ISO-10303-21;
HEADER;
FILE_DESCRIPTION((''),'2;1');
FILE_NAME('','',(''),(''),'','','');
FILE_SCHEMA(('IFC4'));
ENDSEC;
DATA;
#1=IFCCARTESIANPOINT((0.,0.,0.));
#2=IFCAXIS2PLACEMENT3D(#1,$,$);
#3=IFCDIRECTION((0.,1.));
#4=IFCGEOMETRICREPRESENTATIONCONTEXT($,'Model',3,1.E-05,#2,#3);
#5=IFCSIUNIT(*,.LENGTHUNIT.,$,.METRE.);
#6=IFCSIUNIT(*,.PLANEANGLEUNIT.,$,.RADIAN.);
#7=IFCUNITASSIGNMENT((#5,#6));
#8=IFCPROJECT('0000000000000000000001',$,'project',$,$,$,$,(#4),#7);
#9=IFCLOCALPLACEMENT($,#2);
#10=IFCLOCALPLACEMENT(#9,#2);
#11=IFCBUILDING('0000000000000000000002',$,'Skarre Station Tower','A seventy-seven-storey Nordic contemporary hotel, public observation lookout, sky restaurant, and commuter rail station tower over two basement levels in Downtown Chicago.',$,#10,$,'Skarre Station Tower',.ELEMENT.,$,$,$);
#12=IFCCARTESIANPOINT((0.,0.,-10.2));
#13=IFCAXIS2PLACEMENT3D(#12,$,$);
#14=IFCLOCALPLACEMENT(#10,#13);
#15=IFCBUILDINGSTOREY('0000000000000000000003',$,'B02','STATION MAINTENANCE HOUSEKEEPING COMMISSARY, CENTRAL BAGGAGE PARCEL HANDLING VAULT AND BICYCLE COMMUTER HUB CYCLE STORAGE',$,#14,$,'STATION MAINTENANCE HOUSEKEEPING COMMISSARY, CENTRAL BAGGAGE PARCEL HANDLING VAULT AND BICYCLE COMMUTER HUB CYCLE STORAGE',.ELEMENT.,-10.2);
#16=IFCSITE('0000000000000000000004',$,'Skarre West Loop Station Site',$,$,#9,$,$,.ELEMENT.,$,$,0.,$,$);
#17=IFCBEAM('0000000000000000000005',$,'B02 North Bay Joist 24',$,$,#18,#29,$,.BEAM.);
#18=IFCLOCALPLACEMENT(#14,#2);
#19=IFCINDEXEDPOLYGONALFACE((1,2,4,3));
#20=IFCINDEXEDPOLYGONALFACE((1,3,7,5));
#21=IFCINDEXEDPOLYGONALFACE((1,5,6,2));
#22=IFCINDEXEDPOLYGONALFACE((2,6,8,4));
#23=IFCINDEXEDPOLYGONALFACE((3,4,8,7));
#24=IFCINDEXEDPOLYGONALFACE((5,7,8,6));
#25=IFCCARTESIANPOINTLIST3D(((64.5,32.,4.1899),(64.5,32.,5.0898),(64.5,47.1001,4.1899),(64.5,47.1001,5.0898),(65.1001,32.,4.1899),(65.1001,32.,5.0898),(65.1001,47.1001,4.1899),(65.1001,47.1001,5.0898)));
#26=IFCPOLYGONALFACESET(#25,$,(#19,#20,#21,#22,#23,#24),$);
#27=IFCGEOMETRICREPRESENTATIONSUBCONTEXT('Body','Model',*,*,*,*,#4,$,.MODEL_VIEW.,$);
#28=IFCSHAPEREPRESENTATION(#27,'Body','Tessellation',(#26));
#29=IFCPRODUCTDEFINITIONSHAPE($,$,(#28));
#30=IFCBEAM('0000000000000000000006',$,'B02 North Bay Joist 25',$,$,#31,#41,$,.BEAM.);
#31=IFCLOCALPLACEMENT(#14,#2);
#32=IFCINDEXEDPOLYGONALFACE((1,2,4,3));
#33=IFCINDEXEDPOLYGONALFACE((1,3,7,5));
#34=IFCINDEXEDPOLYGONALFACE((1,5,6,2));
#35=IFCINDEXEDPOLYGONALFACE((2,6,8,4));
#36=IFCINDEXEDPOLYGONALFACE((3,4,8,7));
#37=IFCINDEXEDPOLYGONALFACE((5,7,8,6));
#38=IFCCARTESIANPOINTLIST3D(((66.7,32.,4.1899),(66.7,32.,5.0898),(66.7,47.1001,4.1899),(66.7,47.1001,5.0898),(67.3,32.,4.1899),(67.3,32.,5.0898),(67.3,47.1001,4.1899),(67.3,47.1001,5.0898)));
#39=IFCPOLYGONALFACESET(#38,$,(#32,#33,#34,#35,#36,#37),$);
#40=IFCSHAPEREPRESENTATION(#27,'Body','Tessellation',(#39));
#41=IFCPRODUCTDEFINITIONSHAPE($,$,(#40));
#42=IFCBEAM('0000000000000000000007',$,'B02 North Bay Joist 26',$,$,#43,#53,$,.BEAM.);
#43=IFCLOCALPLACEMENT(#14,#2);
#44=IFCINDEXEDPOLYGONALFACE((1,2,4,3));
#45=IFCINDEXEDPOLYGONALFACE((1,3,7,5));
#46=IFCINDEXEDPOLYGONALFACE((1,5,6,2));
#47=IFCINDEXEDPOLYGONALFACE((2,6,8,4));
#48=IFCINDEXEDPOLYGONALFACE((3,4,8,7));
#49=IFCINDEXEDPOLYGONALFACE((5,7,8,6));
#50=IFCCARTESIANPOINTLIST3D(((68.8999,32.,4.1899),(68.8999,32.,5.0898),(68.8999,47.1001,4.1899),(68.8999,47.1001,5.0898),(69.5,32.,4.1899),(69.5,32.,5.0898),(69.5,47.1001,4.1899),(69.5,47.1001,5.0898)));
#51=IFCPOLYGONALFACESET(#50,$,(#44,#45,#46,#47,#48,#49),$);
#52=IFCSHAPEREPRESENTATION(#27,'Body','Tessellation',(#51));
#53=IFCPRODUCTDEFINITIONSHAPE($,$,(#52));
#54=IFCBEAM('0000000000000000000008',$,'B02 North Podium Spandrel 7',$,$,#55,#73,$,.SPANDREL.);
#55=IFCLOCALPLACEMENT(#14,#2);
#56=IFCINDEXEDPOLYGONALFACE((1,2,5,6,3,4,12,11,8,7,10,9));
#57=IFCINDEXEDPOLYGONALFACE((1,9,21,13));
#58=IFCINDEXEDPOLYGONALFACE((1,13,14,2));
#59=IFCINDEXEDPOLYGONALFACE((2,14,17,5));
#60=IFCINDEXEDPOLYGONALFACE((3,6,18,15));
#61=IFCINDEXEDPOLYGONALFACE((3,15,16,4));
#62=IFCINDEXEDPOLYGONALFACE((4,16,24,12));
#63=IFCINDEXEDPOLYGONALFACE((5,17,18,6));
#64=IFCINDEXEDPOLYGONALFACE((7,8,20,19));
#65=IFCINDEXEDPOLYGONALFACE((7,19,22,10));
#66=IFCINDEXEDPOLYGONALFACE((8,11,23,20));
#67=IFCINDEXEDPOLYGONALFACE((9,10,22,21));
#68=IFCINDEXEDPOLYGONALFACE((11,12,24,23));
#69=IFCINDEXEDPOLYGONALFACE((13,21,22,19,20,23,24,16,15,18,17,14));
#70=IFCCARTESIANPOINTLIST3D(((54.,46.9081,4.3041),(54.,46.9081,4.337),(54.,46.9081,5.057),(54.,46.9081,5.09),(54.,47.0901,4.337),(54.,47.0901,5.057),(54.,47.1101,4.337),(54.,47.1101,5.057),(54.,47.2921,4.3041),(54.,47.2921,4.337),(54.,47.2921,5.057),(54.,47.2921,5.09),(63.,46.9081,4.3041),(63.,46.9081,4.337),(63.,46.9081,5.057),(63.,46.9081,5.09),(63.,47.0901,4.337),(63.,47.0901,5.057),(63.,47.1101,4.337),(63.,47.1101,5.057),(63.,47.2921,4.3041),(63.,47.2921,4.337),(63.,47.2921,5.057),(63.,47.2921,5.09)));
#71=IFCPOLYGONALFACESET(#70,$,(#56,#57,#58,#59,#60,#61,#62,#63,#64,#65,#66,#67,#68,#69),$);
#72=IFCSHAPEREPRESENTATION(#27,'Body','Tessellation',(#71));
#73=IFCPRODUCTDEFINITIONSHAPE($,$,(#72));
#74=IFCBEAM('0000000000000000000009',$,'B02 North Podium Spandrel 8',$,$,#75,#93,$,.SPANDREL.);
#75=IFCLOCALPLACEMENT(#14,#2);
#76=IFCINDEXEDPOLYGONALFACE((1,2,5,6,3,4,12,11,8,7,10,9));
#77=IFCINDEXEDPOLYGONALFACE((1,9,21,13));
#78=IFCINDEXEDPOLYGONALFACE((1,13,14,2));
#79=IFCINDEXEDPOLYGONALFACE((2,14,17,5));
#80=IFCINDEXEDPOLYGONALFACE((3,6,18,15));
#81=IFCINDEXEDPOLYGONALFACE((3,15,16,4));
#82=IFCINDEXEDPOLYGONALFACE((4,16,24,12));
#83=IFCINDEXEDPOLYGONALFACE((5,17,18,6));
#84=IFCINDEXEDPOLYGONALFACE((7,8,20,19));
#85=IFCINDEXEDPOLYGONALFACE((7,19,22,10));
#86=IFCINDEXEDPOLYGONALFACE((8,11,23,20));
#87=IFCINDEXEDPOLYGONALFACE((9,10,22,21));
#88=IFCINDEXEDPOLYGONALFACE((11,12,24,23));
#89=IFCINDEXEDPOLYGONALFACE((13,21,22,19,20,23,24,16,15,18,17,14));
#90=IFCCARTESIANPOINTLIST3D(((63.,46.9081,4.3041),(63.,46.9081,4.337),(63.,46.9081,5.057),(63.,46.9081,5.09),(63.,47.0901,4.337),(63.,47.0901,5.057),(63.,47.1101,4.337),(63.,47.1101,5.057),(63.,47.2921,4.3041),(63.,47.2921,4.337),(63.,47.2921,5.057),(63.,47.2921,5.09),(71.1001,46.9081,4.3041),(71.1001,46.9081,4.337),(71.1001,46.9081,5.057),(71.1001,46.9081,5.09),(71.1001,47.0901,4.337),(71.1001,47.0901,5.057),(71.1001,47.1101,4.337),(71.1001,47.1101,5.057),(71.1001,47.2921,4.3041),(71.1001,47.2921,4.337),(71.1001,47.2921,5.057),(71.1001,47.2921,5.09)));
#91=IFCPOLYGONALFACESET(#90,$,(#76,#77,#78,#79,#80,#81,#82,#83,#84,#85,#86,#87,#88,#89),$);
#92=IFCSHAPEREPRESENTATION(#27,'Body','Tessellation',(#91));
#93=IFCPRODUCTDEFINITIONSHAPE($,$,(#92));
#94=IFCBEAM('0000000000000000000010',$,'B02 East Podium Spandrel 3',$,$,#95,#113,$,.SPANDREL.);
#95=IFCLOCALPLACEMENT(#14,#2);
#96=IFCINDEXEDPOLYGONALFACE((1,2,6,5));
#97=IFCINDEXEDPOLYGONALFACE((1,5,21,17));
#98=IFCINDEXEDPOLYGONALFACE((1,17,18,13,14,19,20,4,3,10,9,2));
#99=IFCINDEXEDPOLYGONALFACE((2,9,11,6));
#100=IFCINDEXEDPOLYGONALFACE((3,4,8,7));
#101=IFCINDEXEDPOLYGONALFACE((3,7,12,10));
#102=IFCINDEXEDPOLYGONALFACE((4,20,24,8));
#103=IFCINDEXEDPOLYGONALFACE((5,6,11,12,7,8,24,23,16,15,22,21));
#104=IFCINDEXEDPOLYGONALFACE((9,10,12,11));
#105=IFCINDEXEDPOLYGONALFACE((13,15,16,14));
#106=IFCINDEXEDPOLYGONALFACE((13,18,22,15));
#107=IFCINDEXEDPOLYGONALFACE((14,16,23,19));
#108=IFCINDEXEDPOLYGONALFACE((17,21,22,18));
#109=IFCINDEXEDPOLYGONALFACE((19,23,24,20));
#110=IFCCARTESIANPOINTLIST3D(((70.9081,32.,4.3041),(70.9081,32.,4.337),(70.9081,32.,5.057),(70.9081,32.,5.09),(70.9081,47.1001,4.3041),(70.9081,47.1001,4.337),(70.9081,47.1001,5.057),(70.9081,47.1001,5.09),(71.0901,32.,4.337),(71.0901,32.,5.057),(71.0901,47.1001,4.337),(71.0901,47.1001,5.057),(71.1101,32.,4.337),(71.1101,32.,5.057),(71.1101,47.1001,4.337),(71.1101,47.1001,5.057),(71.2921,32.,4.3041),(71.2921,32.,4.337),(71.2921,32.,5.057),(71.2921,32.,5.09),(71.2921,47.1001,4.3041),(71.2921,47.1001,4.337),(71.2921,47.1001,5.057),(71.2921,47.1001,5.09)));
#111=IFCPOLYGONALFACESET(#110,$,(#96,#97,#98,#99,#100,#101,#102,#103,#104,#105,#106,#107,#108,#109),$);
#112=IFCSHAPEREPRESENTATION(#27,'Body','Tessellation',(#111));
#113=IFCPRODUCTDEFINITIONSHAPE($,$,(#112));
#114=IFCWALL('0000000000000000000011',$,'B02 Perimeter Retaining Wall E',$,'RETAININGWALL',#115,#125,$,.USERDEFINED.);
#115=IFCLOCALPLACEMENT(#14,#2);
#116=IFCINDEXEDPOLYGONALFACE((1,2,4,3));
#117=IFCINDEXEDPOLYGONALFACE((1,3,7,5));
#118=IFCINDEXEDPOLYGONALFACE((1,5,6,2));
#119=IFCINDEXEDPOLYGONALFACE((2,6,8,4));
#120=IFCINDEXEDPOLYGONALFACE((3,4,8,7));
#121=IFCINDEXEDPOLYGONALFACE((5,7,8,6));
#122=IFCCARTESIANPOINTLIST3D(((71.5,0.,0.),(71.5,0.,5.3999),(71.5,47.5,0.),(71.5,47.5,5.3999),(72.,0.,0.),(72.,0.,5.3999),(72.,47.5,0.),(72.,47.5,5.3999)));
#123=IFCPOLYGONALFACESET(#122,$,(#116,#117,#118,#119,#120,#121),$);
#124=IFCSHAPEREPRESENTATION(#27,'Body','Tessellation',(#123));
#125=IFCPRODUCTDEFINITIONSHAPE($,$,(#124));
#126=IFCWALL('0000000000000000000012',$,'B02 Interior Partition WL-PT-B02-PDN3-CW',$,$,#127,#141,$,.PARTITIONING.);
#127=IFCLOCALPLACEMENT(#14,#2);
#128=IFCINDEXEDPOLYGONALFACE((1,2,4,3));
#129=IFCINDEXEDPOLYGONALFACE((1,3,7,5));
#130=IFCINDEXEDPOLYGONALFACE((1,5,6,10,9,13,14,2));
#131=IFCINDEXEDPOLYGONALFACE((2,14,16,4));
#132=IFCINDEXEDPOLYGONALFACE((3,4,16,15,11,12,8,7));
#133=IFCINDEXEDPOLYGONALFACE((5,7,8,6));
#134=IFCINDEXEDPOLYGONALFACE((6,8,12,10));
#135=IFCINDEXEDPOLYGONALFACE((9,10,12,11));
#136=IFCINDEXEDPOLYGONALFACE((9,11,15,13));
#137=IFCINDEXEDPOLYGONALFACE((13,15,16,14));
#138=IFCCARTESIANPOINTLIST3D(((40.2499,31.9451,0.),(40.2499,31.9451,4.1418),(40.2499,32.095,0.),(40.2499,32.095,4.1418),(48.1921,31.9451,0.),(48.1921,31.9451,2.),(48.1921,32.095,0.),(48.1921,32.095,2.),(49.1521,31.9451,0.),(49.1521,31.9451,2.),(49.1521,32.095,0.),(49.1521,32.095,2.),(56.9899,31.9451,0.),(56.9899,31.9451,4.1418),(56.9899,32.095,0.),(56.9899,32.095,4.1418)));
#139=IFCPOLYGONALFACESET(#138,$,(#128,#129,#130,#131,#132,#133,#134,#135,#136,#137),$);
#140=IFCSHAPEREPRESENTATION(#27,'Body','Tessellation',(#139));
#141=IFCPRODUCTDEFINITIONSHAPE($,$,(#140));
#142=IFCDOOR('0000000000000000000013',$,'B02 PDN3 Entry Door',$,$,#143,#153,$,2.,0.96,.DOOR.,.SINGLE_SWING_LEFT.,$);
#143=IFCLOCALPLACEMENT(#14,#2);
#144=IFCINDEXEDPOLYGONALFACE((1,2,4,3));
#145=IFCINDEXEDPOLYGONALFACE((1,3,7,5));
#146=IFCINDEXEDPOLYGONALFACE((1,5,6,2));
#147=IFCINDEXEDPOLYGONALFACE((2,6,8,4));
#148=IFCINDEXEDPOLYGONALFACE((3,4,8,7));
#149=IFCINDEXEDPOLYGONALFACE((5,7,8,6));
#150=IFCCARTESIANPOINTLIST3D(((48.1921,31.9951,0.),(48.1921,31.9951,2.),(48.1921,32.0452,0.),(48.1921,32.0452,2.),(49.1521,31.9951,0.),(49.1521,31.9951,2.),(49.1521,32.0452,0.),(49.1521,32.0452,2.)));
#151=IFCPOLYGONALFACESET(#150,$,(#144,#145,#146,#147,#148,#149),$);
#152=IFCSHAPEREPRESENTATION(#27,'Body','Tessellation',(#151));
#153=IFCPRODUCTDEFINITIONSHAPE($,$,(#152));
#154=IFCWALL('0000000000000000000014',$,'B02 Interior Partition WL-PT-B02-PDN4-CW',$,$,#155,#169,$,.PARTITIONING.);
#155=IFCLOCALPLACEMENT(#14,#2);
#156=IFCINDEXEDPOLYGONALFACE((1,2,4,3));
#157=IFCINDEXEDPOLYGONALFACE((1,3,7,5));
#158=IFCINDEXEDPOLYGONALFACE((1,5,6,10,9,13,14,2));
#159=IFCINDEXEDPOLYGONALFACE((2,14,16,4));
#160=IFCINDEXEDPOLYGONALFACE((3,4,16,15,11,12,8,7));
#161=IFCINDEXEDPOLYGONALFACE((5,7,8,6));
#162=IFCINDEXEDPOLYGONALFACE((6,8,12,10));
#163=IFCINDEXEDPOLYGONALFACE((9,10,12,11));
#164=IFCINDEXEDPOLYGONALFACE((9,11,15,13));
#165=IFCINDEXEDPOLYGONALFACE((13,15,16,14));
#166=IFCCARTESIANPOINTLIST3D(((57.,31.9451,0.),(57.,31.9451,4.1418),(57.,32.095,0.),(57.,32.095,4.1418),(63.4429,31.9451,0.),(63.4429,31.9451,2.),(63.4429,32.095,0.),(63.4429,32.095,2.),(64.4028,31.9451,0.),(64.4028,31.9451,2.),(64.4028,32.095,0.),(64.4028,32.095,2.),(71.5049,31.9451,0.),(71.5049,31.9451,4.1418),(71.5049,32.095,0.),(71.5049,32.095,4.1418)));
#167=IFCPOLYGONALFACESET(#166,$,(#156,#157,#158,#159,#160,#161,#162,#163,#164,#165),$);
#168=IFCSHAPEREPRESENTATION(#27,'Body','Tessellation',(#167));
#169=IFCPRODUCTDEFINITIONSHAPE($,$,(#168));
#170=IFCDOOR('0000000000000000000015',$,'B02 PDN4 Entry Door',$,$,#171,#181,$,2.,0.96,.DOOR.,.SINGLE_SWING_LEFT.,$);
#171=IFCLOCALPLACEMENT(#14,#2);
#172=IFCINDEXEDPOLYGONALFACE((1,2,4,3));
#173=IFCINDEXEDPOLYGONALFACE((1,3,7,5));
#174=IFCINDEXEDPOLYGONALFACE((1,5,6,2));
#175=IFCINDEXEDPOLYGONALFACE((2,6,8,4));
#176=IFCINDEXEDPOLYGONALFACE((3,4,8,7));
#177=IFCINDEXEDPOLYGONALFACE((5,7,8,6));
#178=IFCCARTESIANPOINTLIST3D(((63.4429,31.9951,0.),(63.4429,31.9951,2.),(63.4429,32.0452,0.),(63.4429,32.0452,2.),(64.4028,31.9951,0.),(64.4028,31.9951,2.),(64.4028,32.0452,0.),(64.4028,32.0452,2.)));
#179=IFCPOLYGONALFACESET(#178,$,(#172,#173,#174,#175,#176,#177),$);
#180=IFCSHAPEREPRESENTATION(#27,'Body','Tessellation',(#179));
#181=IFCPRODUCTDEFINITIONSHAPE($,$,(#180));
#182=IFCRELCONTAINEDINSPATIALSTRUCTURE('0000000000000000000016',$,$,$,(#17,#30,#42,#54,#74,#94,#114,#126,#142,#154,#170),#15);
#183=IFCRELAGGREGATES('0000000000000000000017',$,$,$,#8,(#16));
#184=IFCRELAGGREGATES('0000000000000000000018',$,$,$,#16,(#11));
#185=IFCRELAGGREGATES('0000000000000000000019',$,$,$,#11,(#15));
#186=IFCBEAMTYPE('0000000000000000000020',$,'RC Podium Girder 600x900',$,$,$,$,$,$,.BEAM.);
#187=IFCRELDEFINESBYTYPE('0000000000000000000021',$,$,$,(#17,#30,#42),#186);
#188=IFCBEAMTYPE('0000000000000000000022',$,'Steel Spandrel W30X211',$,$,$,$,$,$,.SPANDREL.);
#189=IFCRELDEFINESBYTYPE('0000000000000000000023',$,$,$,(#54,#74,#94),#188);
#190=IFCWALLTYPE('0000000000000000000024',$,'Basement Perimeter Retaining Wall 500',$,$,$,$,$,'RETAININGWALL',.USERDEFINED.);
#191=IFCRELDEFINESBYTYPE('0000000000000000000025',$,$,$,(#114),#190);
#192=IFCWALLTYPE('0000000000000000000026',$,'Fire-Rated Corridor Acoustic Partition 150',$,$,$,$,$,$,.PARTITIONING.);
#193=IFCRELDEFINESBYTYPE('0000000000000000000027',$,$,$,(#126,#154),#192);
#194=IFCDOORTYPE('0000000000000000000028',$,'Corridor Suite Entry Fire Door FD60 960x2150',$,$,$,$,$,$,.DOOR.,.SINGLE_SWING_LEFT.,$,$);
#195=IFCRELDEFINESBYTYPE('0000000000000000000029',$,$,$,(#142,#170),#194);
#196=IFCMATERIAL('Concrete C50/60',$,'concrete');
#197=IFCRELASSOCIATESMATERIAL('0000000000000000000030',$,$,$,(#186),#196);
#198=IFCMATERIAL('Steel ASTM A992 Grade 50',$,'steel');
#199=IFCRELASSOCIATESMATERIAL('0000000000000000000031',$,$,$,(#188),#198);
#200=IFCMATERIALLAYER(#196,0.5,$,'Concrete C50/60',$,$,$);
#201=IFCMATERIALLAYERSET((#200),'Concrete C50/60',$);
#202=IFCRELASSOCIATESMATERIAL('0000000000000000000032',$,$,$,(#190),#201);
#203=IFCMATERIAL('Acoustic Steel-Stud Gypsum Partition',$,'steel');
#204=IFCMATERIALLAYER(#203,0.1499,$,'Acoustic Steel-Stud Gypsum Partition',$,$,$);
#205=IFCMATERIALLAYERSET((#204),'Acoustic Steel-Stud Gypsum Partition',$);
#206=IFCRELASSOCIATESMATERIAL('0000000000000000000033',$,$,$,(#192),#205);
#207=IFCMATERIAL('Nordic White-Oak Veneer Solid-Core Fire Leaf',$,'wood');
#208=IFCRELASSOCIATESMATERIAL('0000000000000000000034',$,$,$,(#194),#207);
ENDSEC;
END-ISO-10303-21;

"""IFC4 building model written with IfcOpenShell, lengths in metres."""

from ifc_helpers import new_model, si_unit, direction, frame, frame_2d, origin, origin_2d, place, context, subcontext, project, spatial, rectangle, i_section, extrude, material, layer, layer_set, material_profile, profile_set, type_object, element, fill, save


model = new_model("IFC4")

# Units and contexts
model_context = context("Model", 3, precision=1e-05, world=origin(), true_north=direction((0.0, 1.0)))
body_context = subcontext(model_context, "Body", "Model", "MODEL_VIEW")
ifc_project = project(units=[si_unit("LENGTHUNIT", "METRE"), si_unit("PLANEANGLEUNIT", "RADIAN")], contexts=[model_context])

# Site, building, storey
site_placement = place(None, origin())
site = spatial("IfcSite", under=ifc_project, at=site_placement, Name="Skarre West Loop Station Site", CompositionType="ELEMENT", RefElevation=0.0)
building_placement = place(site_placement, origin())
building = spatial("IfcBuilding", under=site, at=building_placement, Name="Skarre Station Tower", Description="A seventy-seven-storey Nordic contemporary hotel, public observation lookout, sky restaurant, and commuter rail station tower over two basement levels in Downtown Chicago.", LongName="Skarre Station Tower", CompositionType="ELEMENT")
storey_placement = place(building_placement, frame((0.0, 0.0, -10.2)))
storey = spatial("IfcBuildingStorey", under=building, at=storey_placement, Name="B02", Description="STATION MAINTENANCE HOUSEKEEPING COMMISSARY, CENTRAL BAGGAGE PARCEL HANDLING VAULT AND BICYCLE COMMUTER HUB CYCLE STORAGE", LongName="STATION MAINTENANCE HOUSEKEEPING COMMISSARY, CENTRAL BAGGAGE PARCEL HANDLING VAULT AND BICYCLE COMMUTER HUB CYCLE STORAGE", CompositionType="ELEMENT", Elevation=-10.2)

# Shared definitions
ifc_material_1 = material(Name="Concrete C50/60", Category="concrete")

# Beams
ifc_material_profile_1 = material_profile(ifc_material_1, rectangle(XDim=0.6001, YDim=0.8999, at=origin_2d()), Name="Concrete C50/60")
ifc_profile_set_1 = profile_set([ifc_material_profile_1], Name="Concrete C50/60")
beam_type_1 = type_object("IfcBeamType", Name="RC Podium Girder 600x900", PredefinedType="BEAM", material=ifc_profile_set_1)
for number, where, z_axis, x_axis, name in (
    (1, (64.8, 32.0, 4.6399), (0.0, 1.0, 0.0), (-1.0, 0.0, 0.0), "B02 North Bay Joist 24"),
    (2, (67.0, 32.0, 4.6399), (0.0, 1.0, 0.0), (-1.0, 0.0, 0.0), "B02 North Bay Joist 25"),
    (3, (69.2, 32.0, 4.6399), (0.0, 1.0, 0.0), (-1.0, 0.0, 0.0), "B02 North Bay Joist 26"),
):
    element("IfcBeam", number, at=place(storey_placement, frame(where, z_axis=z_axis, x_axis=x_axis)), inside=storey, type_object=beam_type_1, Name=name, PredefinedType="BEAM", context=body_context, shape_type="SweptSolid", body=[
        extrude(rectangle(XDim=0.6001, YDim=0.8999, at=origin_2d()), origin(), (0.0, 0.0, 1.0), 15.1001),
    ])
ifc_material_2 = material(Name="Steel ASTM A992 Grade 50", Category="steel")
ifc_material_profile_2 = material_profile(ifc_material_2, i_section(OverallWidth=0.384, OverallDepth=0.7859, WebThickness=0.02, FlangeThickness=0.033, at=origin_2d()), Name="Steel ASTM A992 Grade 50")
ifc_profile_set_2 = profile_set([ifc_material_profile_2], Name="Steel ASTM A992 Grade 50")
beam_type_2 = type_object("IfcBeamType", Name="Steel Spandrel W30X211", PredefinedType="SPANDREL", material=ifc_profile_set_2)
beam_1_placement = place(storey_placement, frame((54.0, 47.1001, 4.697), z_axis=(1.0, 0.0, 0.0), x_axis=(0.0, 1.0, 0.0)))
element("IfcBeam", 4, at=beam_1_placement, inside=storey, type_object=beam_type_2, Name="B02 North Podium Spandrel 7", PredefinedType="SPANDREL", context=body_context, shape_type="SweptSolid", body=[
    extrude(i_section(OverallWidth=0.384, OverallDepth=0.7859, WebThickness=0.02, FlangeThickness=0.033, at=origin_2d()), origin(), (0.0, 0.0, 1.0), 9.0),
])
beam_2_placement = place(storey_placement, frame((63.0, 47.1001, 4.697), z_axis=(1.0, 0.0, 0.0), x_axis=(0.0, 1.0, 0.0)))
element("IfcBeam", 5, at=beam_2_placement, inside=storey, type_object=beam_type_2, Name="B02 North Podium Spandrel 8", PredefinedType="SPANDREL", context=body_context, shape_type="SweptSolid", body=[
    extrude(i_section(OverallWidth=0.384, OverallDepth=0.7859, WebThickness=0.02, FlangeThickness=0.033, at=origin_2d()), origin(), (0.0, 0.0, 1.0), 8.1001),
])
beam_3_placement = place(storey_placement, frame((71.1001, 32.0, 4.697), z_axis=(0.0, 1.0, 0.0), x_axis=(-1.0, 0.0, 0.0)))
element("IfcBeam", 6, at=beam_3_placement, inside=storey, type_object=beam_type_2, Name="B02 East Podium Spandrel 3", PredefinedType="SPANDREL", context=body_context, shape_type="SweptSolid", body=[
    extrude(i_section(OverallWidth=0.384, OverallDepth=0.7859, WebThickness=0.02, FlangeThickness=0.033, at=origin_2d()), origin(), (0.0, 0.0, 1.0), 15.1001),
])

# Wall
ifc_layer_1 = layer(ifc_material_1, 0.5, Name="Concrete C50/60")
ifc_layer_set_1 = layer_set([ifc_layer_1], Name="Concrete C50/60")
wall_type_1 = type_object("IfcWallType", Name="Basement Perimeter Retaining Wall 500", ElementType="RETAININGWALL", PredefinedType="USERDEFINED", material=ifc_layer_set_1)
wall_1_placement = place(storey_placement, frame((71.75, 47.5, 0.0), z_axis=(0.0, 0.0, 1.0), x_axis=(0.0, -1.0, 0.0)))
element("IfcWall", 7, at=wall_1_placement, inside=storey, type_object=wall_type_1, Name="B02 Perimeter Retaining Wall E", ObjectType="RETAININGWALL", PredefinedType="USERDEFINED", context=body_context, shape_type="SweptSolid", body=[
    extrude(rectangle(XDim=47.5, YDim=0.5, at=frame_2d((23.75, 0.0))), origin(), (0.0, 0.0, 1.0), 5.3999),
])

# Walls, openings, doors
ifc_material_3 = material(Name="Acoustic Steel-Stud Gypsum Partition", Category="steel")
ifc_layer_2 = layer(ifc_material_3, 0.1499, Name="Acoustic Steel-Stud Gypsum Partition")
ifc_layer_set_2 = layer_set([ifc_layer_2], Name="Acoustic Steel-Stud Gypsum Partition")
wall_type_2 = type_object("IfcWallType", Name="Fire-Rated Corridor Acoustic Partition 150", PredefinedType="PARTITIONING", material=ifc_layer_set_2)
wall_2_placement = place(storey_placement, frame((56.99, 32.02, 0.0), z_axis=(0.0, 0.0, 1.0), x_axis=(-1.0, 0.0, 0.0)))
wall_2 = element("IfcWall", 8, at=wall_2_placement, inside=storey, type_object=wall_type_2, Name="B02 Interior Partition WL-PT-B02-PDN3-CW", PredefinedType="PARTITIONING", context=body_context, shape_type="SweptSolid", body=[
    extrude(rectangle(XDim=16.74, YDim=0.1499, at=frame_2d((8.3701, 0.0))), origin(), (0.0, 0.0, 1.0), 4.1418),
])
opening_1_placement = place(wall_2_placement, frame((7.8379, 0.0, 0.0)))
opening_1 = element("IfcOpeningElement", 9, at=opening_1_placement, cuts=wall_2, PredefinedType="OPENING", context=body_context, shape_type="SweptSolid", body=[
    extrude(rectangle(XDim=0.96, YDim=2.0, at=frame_2d((0.48, 1.0))), frame((0.0, 0.085, 0.0), z_axis=(0.0, -1.0, 0.0), x_axis=(1.0, 0.0, 0.0)), (0.0, 0.0, 1.0), 0.1699),
])
ifc_material_4 = material(Name="Nordic White-Oak Veneer Solid-Core Fire Leaf", Category="wood")
door_type = type_object("IfcDoorType", Name="Corridor Suite Entry Fire Door FD60 960x2150", OperationType="SINGLE_SWING_LEFT", PredefinedType="DOOR", material=ifc_material_4)
door_1_placement = place(opening_1_placement, origin())
door_1 = element("IfcDoor", 10, at=door_1_placement, inside=storey, type_object=door_type, Name="B02 PDN3 Entry Door", OperationType="SINGLE_SWING_LEFT", OverallHeight=2.0, OverallWidth=0.96, PredefinedType="DOOR", context=body_context, shape_type="SweptSolid", body=[
    extrude(rectangle(XDim=0.96, YDim=2.0, at=frame_2d((0.48, 1.0))), frame((0.0, 0.0249, 0.0), z_axis=(0.0, -1.0, 0.0), x_axis=(1.0, 0.0, 0.0)), (0.0, 0.0, 1.0), 0.05),
])
fill(opening_1, door_1)
wall_3_placement = place(storey_placement, frame((71.5049, 32.02, 0.0), z_axis=(0.0, 0.0, 1.0), x_axis=(-1.0, 0.0, 0.0)))
wall_3 = element("IfcWall", 11, at=wall_3_placement, inside=storey, type_object=wall_type_2, Name="B02 Interior Partition WL-PT-B02-PDN4-CW", PredefinedType="PARTITIONING", context=body_context, shape_type="SweptSolid", body=[
    extrude(rectangle(XDim=14.5049, YDim=0.1499, at=frame_2d((7.2524, 0.0))), origin(), (0.0, 0.0, 1.0), 4.1418),
])
opening_2_placement = place(wall_3_placement, frame((7.1021, 0.0, 0.0)))
opening_2 = element("IfcOpeningElement", 12, at=opening_2_placement, cuts=wall_3, PredefinedType="OPENING", context=body_context, shape_type="SweptSolid", body=[
    extrude(rectangle(XDim=0.96, YDim=2.0, at=frame_2d((0.48, 1.0))), frame((0.0, 0.085, 0.0), z_axis=(0.0, -1.0, 0.0), x_axis=(1.0, 0.0, 0.0)), (0.0, 0.0, 1.0), 0.1699),
])
door_2_placement = place(opening_2_placement, origin())
door_2 = element("IfcDoor", 13, at=door_2_placement, inside=storey, type_object=door_type, Name="B02 PDN4 Entry Door", OperationType="SINGLE_SWING_LEFT", OverallHeight=2.0, OverallWidth=0.96, PredefinedType="DOOR", context=body_context, shape_type="SweptSolid", body=[
    extrude(rectangle(XDim=0.96, YDim=2.0, at=frame_2d((0.48, 1.0))), frame((0.0, 0.0249, 0.0), z_axis=(0.0, -1.0, 0.0), x_axis=(1.0, 0.0, 0.0)), (0.0, 0.0, 1.0), 0.05),
])
fill(opening_2, door_2)

save(model, "model.ifc")
